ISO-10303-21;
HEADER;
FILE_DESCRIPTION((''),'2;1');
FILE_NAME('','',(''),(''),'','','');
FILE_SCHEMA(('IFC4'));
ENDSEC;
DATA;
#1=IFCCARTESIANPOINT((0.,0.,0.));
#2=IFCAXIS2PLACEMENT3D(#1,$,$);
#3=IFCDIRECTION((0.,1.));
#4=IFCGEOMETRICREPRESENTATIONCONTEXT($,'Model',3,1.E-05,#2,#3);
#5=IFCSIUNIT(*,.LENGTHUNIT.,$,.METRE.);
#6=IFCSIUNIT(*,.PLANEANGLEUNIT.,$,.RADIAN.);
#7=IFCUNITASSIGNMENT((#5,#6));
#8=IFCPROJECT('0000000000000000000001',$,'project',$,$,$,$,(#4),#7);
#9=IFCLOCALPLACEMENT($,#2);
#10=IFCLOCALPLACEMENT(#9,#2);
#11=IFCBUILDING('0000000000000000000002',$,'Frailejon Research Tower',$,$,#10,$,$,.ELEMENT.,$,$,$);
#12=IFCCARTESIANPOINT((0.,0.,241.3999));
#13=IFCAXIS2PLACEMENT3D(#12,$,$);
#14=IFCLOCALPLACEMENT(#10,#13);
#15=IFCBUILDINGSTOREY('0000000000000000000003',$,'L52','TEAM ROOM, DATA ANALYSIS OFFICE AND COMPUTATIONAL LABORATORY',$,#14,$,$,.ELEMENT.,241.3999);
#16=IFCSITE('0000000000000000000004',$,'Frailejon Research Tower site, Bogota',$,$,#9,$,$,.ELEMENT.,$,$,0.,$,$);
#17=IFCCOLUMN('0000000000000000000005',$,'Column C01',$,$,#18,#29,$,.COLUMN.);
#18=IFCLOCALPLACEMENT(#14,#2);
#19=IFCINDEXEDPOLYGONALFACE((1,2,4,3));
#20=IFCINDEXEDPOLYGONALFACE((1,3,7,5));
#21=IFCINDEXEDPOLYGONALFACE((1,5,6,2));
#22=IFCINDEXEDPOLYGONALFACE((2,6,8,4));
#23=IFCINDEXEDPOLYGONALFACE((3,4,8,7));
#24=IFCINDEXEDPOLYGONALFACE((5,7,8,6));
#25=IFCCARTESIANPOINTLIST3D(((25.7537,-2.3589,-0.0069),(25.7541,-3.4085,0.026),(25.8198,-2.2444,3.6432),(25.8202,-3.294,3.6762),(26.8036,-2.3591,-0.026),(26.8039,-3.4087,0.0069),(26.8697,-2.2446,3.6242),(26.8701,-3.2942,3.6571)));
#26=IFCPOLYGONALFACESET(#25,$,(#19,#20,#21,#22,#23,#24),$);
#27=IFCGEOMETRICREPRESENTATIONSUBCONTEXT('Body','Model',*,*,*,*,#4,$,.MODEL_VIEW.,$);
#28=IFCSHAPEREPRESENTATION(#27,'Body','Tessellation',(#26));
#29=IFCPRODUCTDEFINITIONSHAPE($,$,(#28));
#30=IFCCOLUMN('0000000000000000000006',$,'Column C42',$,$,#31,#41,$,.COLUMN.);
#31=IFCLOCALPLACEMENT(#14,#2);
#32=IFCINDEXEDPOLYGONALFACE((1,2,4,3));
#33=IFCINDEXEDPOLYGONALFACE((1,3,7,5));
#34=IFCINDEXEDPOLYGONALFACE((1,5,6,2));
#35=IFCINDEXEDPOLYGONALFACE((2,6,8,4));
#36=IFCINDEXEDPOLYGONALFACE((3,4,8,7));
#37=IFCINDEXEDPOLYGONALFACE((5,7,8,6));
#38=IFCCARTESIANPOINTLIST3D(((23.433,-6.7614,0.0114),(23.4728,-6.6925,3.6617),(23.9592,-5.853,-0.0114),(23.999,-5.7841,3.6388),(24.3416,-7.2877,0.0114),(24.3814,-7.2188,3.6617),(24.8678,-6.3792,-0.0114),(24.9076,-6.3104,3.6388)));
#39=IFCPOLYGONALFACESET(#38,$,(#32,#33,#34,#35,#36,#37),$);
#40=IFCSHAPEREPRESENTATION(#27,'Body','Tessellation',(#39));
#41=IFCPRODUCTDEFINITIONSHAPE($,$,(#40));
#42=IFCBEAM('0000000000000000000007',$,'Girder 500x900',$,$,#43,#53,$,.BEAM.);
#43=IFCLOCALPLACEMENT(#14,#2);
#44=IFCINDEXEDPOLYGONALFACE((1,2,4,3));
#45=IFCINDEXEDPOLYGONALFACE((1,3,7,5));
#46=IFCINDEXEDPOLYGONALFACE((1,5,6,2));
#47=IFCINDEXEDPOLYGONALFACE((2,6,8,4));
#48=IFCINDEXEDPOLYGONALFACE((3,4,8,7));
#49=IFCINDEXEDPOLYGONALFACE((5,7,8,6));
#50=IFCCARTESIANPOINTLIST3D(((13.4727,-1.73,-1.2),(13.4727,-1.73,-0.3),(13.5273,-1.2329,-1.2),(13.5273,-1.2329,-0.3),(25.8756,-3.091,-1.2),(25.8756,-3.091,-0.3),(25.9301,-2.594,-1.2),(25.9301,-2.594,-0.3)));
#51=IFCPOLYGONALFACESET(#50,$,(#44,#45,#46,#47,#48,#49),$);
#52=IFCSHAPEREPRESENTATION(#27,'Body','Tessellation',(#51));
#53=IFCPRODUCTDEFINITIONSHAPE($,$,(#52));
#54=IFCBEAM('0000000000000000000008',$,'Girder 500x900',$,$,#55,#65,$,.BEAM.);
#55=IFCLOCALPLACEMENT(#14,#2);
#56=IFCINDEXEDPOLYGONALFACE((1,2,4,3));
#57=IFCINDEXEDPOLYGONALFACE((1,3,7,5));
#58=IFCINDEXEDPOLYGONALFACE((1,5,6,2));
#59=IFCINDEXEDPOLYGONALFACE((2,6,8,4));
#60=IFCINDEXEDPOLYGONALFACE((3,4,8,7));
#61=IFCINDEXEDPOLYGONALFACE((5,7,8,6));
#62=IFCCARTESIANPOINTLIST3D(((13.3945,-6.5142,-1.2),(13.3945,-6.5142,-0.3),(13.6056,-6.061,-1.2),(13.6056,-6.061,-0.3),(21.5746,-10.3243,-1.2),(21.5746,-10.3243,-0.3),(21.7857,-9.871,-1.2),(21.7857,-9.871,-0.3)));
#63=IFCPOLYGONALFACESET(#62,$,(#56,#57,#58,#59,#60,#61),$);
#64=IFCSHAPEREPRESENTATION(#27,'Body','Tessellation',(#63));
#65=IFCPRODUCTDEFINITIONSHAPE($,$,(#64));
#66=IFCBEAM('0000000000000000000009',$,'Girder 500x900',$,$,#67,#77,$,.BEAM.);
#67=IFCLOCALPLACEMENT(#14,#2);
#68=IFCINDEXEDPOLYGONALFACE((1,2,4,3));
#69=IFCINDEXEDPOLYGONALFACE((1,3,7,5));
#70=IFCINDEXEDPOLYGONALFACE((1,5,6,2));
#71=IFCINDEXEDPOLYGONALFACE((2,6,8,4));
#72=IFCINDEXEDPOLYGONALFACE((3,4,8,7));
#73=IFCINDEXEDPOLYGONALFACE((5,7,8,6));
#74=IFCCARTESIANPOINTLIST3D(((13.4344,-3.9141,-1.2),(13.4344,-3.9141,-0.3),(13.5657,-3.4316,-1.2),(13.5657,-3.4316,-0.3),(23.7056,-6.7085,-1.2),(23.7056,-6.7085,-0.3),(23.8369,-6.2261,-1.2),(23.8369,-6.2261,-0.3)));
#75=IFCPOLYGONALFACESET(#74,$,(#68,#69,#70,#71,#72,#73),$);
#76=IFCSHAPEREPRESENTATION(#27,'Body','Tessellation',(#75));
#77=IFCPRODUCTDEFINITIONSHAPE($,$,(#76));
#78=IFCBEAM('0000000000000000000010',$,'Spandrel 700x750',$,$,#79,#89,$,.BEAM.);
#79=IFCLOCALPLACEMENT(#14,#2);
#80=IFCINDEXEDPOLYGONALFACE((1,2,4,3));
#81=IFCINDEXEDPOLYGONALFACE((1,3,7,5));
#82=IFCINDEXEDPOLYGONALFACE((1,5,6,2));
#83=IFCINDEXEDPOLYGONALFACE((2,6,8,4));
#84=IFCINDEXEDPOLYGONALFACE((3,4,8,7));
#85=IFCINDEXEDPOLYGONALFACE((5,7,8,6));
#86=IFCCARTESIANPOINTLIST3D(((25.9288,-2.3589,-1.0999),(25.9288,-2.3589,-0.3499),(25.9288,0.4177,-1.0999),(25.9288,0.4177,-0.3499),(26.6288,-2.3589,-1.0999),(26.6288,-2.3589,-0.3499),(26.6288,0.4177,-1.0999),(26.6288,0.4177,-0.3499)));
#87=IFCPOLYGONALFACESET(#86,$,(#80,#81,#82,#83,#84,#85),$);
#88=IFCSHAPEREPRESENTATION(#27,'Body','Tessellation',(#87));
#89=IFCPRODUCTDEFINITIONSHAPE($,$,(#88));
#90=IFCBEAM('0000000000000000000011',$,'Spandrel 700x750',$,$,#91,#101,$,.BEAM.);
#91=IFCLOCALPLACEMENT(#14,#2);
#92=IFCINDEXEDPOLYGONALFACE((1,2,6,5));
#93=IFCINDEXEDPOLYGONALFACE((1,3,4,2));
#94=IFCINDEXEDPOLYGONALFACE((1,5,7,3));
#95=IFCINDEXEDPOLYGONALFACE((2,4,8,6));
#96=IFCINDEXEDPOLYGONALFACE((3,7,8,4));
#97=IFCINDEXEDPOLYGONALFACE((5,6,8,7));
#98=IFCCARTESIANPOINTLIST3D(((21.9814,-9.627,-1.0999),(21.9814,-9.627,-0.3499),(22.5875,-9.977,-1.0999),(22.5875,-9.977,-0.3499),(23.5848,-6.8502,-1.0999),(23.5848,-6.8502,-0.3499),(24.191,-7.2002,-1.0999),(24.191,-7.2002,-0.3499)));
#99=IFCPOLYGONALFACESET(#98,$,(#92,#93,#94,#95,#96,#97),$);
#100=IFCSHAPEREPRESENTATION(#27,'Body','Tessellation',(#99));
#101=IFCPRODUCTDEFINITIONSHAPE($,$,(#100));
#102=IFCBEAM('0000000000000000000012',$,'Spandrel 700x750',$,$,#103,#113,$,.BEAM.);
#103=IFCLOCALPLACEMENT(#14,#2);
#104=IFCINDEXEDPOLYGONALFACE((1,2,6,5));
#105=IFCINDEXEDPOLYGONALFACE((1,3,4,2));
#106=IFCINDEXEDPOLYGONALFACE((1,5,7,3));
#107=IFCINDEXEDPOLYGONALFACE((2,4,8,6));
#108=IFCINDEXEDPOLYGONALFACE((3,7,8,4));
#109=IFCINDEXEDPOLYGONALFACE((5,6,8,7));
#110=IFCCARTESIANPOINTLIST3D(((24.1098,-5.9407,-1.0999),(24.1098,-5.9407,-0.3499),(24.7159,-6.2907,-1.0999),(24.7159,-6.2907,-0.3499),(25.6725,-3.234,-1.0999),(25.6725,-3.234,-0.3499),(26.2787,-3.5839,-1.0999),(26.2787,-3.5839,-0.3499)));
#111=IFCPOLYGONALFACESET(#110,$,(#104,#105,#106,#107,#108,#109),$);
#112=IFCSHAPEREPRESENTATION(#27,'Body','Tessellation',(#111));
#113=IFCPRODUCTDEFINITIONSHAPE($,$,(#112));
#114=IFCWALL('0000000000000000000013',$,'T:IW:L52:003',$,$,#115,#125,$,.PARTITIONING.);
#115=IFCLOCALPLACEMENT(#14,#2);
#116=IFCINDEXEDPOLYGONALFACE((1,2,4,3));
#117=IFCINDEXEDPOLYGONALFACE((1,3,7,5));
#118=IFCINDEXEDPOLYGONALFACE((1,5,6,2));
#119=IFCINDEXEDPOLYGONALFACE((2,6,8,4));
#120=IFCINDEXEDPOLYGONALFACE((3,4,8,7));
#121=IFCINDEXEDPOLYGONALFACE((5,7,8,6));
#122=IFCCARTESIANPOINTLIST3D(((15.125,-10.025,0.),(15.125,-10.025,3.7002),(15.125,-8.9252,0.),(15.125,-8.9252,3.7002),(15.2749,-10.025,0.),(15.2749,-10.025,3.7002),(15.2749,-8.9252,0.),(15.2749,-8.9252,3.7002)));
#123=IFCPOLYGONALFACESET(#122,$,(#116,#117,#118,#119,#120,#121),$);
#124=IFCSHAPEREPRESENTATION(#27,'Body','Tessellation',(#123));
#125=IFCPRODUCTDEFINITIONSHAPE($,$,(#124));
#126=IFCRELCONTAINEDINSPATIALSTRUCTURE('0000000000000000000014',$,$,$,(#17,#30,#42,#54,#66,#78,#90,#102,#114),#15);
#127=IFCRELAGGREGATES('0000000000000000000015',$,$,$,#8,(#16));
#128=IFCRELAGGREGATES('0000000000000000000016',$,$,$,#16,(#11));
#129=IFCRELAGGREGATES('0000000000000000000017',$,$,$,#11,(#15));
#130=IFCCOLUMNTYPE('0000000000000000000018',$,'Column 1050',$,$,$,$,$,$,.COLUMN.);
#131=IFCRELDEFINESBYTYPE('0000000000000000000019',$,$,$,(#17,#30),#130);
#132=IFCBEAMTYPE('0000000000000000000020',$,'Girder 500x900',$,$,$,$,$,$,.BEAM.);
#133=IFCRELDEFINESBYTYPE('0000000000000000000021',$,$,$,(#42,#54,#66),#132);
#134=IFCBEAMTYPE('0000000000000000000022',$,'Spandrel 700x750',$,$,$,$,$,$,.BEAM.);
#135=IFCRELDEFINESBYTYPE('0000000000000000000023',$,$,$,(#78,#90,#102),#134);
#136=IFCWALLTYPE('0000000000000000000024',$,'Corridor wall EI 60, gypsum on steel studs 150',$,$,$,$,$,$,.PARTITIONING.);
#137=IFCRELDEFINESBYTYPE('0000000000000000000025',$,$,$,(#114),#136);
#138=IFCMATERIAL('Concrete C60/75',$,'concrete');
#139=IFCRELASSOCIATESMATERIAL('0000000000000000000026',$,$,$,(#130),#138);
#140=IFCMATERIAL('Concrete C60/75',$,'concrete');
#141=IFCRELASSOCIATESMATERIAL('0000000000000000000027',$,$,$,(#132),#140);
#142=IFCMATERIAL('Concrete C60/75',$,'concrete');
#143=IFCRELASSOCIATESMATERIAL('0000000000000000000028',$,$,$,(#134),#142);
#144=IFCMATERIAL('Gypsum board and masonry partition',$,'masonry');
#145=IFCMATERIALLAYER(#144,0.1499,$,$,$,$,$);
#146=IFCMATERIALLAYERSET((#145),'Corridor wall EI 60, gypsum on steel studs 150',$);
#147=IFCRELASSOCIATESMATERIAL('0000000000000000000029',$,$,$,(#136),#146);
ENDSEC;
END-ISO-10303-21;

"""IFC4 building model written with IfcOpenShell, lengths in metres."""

from ifc_helpers import new_model, si_unit, direction, frame, frame_2d, origin, origin_2d, place, context, subcontext, project, spatial, rectangle, extrude, material, layer, layer_set, material_profile, profile_set, type_object, element, save


model = new_model("IFC4")

# Units and contexts
model_context = context("Model", 3, precision=1e-05, world=origin(), true_north=direction((0.0, 1.0)))
body_context = subcontext(model_context, "Body", "Model", "MODEL_VIEW")
ifc_project = project(units=[si_unit("LENGTHUNIT", "METRE"), si_unit("PLANEANGLEUNIT", "RADIAN")], contexts=[model_context])

# Site, building, storey
site_placement = place(None, origin())
site = spatial("IfcSite", under=ifc_project, at=site_placement, Name="Frailejon Research Tower site, Bogota", CompositionType="ELEMENT", RefElevation=0.0)
building_placement = place(site_placement, origin())
building = spatial("IfcBuilding", under=site, at=building_placement, Name="Frailejon Research Tower", CompositionType="ELEMENT")
storey_placement = place(building_placement, frame((0.0, 0.0, 241.3999)))
storey = spatial("IfcBuildingStorey", under=building, at=storey_placement, Name="L52", Description="TEAM ROOM, DATA ANALYSIS OFFICE AND COMPUTATIONAL LABORATORY", CompositionType="ELEMENT", Elevation=241.3999)

# Columns
ifc_material_1 = material(Name="Concrete C60/75", Category="concrete")
ifc_material_profile_1 = material_profile(ifc_material_1, rectangle(XDim=1.05, YDim=1.05, at=origin_2d()), Name="Column 1050")
ifc_profile_set_1 = profile_set([ifc_material_profile_1], Name="Concrete C60/75")
column_type = type_object("IfcColumnType", Name="Column 1050", PredefinedType="COLUMN", material=ifc_profile_set_1)
column_1_placement = place(storey_placement, frame((26.2788, -2.8838, 0.0), z_axis=(0.018114, 0.031349, 0.999344), x_axis=(-0.000375, 0.999508, -0.031347)))
element("IfcColumn", 1, at=column_1_placement, inside=storey, type_object=column_type, Name="Column C01", PredefinedType="COLUMN", context=body_context, shape_type="SweptSolid", body=[
    extrude(rectangle(XDim=1.05, YDim=1.05, at=origin_2d()), origin(), (0.0, 0.0, 1.0), 3.6526),
])
column_2_placement = place(storey_placement, frame((24.1504, -6.5703, 0.0), z_axis=(0.0109, 0.018857, 0.999763), x_axis=(0.501086, 0.865123, -0.021781)))
element("IfcColumn", 2, at=column_2_placement, inside=storey, type_object=column_type, Name="Column C42", PredefinedType="COLUMN", context=body_context, shape_type="SweptSolid", body=[
    extrude(rectangle(XDim=1.05, YDim=1.05, at=origin_2d()), origin(), (0.0, 0.0, 1.0), 3.6511),
])

# Beams
ifc_material_2 = material(Name="Concrete C60/75", Category="concrete")
ifc_material_profile_2 = material_profile(ifc_material_2, rectangle(XDim=0.5, YDim=0.8999, at=origin_2d()), Name="Girder 500x900")
ifc_profile_set_2 = profile_set([ifc_material_profile_2], Name="Concrete C60/75")
beam_type_1 = type_object("IfcBeamType", Name="Girder 500x900", PredefinedType="BEAM", material=ifc_profile_set_2)
beam_1_placement = place(storey_placement, frame((25.9028, -2.8425, -0.75), z_axis=(-0.994032, 0.109085, 0.0), x_axis=(-0.109085, -0.994032, 0.0)))
element("IfcBeam", 3, at=beam_1_placement, inside=storey, type_object=beam_type_1, Name="Girder 500x900", PredefinedType="BEAM", context=body_context, shape_type="SweptSolid", body=[
    extrude(rectangle(XDim=0.5, YDim=0.8999, at=origin_2d()), origin(), (0.0, 0.0, 1.0), 12.4773),
])
beam_2_placement = place(storey_placement, frame((21.6802, -10.0977, -0.75), z_axis=(-0.906495, 0.422216, 0.0), x_axis=(-0.422216, -0.906495, 0.0)))
element("IfcBeam", 4, at=beam_2_placement, inside=storey, type_object=beam_type_1, Name="Girder 500x900", PredefinedType="BEAM", context=body_context, shape_type="SweptSolid", body=[
    extrude(rectangle(XDim=0.5, YDim=0.8999, at=origin_2d()), origin(), (0.0, 0.0, 1.0), 9.0239),
])
beam_3_placement = place(storey_placement, frame((23.7712, -6.4673, -0.75), z_axis=(-0.964926, 0.262522, 0.0), x_axis=(-0.262522, -0.964926, 0.0)))
element("IfcBeam", 5, at=beam_3_placement, inside=storey, type_object=beam_type_1, Name="Girder 500x900", PredefinedType="BEAM", context=body_context, shape_type="SweptSolid", body=[
    extrude(rectangle(XDim=0.5, YDim=0.8999, at=origin_2d()), origin(), (0.0, 0.0, 1.0), 10.6445),
])
ifc_material_3 = material(Name="Concrete C60/75", Category="concrete")
ifc_material_profile_3 = material_profile(ifc_material_3, rectangle(XDim=0.7, YDim=0.75, at=origin_2d()), Name="Spandrel 700x750")
ifc_profile_set_3 = profile_set([ifc_material_profile_3], Name="Concrete C60/75")
beam_type_2 = type_object("IfcBeamType", Name="Spandrel 700x750", PredefinedType="BEAM", material=ifc_profile_set_3)
beam_4_placement = place(storey_placement, frame((26.2788, -2.3589, -0.7249), z_axis=(0.0, 1.0, 0.0), x_axis=(-1.0, 0.0, 0.0)))
element("IfcBeam", 6, at=beam_4_placement, inside=storey, type_object=beam_type_2, Name="Spandrel 700x750", PredefinedType="BEAM", context=body_context, shape_type="SweptSolid", body=[
    extrude(rectangle(XDim=0.7, YDim=0.75, at=origin_2d()), origin(), (0.0, 0.0, 1.0), 2.7766),
])
beam_5_placement = place(storey_placement, frame((22.2844, -9.802, -0.7249), z_axis=(0.50007, 0.865985, 0.0), x_axis=(-0.865985, 0.50007, 0.0)))
element("IfcBeam", 7, at=beam_5_placement, inside=storey, type_object=beam_type_2, Name="Spandrel 700x750", PredefinedType="BEAM", context=body_context, shape_type="SweptSolid", body=[
    extrude(rectangle(XDim=0.7, YDim=0.75, at=origin_2d()), origin(), (0.0, 0.0, 1.0), 3.2065),
])
beam_6_placement = place(storey_placement, frame((24.4128, -6.1157, -0.7249), z_axis=(0.499995, 0.866028, 0.0), x_axis=(-0.866028, 0.499995, 0.0)))
element("IfcBeam", 8, at=beam_6_placement, inside=storey, type_object=beam_type_2, Name="Spandrel 700x750", PredefinedType="BEAM", context=body_context, shape_type="SweptSolid", body=[
    extrude(rectangle(XDim=0.7, YDim=0.75, at=origin_2d()), origin(), (0.0, 0.0, 1.0), 3.1255),
])

# Wall
ifc_material_4 = material(Name="Gypsum board and masonry partition", Category="masonry")
ifc_layer_1 = layer(ifc_material_4, 0.1499)
ifc_layer_set_1 = layer_set([ifc_layer_1], Name="Corridor wall EI 60, gypsum on steel studs 150")
wall_type_1 = type_object("IfcWallType", Name="Corridor wall EI 60, gypsum on steel studs 150", PredefinedType="PARTITIONING", material=ifc_layer_set_1)
wall_1_placement = place(storey_placement, frame((15.2, -10.0249, 0.0), z_axis=(0.0, 0.0, 1.0), x_axis=(0.0, 1.0, 0.0)))
element("IfcWall", 9, at=wall_1_placement, inside=storey, type_object=wall_type_1, Name="T:IW:L52:003", PredefinedType="PARTITIONING", context=body_context, shape_type="SweptSolid", body=[
    extrude(rectangle(XDim=1.0999, YDim=0.1499, at=frame_2d((0.5498, 0.0))), origin(), (0.0, 0.0, 1.0), 3.7002),
])

save(model, "model.ifc")
